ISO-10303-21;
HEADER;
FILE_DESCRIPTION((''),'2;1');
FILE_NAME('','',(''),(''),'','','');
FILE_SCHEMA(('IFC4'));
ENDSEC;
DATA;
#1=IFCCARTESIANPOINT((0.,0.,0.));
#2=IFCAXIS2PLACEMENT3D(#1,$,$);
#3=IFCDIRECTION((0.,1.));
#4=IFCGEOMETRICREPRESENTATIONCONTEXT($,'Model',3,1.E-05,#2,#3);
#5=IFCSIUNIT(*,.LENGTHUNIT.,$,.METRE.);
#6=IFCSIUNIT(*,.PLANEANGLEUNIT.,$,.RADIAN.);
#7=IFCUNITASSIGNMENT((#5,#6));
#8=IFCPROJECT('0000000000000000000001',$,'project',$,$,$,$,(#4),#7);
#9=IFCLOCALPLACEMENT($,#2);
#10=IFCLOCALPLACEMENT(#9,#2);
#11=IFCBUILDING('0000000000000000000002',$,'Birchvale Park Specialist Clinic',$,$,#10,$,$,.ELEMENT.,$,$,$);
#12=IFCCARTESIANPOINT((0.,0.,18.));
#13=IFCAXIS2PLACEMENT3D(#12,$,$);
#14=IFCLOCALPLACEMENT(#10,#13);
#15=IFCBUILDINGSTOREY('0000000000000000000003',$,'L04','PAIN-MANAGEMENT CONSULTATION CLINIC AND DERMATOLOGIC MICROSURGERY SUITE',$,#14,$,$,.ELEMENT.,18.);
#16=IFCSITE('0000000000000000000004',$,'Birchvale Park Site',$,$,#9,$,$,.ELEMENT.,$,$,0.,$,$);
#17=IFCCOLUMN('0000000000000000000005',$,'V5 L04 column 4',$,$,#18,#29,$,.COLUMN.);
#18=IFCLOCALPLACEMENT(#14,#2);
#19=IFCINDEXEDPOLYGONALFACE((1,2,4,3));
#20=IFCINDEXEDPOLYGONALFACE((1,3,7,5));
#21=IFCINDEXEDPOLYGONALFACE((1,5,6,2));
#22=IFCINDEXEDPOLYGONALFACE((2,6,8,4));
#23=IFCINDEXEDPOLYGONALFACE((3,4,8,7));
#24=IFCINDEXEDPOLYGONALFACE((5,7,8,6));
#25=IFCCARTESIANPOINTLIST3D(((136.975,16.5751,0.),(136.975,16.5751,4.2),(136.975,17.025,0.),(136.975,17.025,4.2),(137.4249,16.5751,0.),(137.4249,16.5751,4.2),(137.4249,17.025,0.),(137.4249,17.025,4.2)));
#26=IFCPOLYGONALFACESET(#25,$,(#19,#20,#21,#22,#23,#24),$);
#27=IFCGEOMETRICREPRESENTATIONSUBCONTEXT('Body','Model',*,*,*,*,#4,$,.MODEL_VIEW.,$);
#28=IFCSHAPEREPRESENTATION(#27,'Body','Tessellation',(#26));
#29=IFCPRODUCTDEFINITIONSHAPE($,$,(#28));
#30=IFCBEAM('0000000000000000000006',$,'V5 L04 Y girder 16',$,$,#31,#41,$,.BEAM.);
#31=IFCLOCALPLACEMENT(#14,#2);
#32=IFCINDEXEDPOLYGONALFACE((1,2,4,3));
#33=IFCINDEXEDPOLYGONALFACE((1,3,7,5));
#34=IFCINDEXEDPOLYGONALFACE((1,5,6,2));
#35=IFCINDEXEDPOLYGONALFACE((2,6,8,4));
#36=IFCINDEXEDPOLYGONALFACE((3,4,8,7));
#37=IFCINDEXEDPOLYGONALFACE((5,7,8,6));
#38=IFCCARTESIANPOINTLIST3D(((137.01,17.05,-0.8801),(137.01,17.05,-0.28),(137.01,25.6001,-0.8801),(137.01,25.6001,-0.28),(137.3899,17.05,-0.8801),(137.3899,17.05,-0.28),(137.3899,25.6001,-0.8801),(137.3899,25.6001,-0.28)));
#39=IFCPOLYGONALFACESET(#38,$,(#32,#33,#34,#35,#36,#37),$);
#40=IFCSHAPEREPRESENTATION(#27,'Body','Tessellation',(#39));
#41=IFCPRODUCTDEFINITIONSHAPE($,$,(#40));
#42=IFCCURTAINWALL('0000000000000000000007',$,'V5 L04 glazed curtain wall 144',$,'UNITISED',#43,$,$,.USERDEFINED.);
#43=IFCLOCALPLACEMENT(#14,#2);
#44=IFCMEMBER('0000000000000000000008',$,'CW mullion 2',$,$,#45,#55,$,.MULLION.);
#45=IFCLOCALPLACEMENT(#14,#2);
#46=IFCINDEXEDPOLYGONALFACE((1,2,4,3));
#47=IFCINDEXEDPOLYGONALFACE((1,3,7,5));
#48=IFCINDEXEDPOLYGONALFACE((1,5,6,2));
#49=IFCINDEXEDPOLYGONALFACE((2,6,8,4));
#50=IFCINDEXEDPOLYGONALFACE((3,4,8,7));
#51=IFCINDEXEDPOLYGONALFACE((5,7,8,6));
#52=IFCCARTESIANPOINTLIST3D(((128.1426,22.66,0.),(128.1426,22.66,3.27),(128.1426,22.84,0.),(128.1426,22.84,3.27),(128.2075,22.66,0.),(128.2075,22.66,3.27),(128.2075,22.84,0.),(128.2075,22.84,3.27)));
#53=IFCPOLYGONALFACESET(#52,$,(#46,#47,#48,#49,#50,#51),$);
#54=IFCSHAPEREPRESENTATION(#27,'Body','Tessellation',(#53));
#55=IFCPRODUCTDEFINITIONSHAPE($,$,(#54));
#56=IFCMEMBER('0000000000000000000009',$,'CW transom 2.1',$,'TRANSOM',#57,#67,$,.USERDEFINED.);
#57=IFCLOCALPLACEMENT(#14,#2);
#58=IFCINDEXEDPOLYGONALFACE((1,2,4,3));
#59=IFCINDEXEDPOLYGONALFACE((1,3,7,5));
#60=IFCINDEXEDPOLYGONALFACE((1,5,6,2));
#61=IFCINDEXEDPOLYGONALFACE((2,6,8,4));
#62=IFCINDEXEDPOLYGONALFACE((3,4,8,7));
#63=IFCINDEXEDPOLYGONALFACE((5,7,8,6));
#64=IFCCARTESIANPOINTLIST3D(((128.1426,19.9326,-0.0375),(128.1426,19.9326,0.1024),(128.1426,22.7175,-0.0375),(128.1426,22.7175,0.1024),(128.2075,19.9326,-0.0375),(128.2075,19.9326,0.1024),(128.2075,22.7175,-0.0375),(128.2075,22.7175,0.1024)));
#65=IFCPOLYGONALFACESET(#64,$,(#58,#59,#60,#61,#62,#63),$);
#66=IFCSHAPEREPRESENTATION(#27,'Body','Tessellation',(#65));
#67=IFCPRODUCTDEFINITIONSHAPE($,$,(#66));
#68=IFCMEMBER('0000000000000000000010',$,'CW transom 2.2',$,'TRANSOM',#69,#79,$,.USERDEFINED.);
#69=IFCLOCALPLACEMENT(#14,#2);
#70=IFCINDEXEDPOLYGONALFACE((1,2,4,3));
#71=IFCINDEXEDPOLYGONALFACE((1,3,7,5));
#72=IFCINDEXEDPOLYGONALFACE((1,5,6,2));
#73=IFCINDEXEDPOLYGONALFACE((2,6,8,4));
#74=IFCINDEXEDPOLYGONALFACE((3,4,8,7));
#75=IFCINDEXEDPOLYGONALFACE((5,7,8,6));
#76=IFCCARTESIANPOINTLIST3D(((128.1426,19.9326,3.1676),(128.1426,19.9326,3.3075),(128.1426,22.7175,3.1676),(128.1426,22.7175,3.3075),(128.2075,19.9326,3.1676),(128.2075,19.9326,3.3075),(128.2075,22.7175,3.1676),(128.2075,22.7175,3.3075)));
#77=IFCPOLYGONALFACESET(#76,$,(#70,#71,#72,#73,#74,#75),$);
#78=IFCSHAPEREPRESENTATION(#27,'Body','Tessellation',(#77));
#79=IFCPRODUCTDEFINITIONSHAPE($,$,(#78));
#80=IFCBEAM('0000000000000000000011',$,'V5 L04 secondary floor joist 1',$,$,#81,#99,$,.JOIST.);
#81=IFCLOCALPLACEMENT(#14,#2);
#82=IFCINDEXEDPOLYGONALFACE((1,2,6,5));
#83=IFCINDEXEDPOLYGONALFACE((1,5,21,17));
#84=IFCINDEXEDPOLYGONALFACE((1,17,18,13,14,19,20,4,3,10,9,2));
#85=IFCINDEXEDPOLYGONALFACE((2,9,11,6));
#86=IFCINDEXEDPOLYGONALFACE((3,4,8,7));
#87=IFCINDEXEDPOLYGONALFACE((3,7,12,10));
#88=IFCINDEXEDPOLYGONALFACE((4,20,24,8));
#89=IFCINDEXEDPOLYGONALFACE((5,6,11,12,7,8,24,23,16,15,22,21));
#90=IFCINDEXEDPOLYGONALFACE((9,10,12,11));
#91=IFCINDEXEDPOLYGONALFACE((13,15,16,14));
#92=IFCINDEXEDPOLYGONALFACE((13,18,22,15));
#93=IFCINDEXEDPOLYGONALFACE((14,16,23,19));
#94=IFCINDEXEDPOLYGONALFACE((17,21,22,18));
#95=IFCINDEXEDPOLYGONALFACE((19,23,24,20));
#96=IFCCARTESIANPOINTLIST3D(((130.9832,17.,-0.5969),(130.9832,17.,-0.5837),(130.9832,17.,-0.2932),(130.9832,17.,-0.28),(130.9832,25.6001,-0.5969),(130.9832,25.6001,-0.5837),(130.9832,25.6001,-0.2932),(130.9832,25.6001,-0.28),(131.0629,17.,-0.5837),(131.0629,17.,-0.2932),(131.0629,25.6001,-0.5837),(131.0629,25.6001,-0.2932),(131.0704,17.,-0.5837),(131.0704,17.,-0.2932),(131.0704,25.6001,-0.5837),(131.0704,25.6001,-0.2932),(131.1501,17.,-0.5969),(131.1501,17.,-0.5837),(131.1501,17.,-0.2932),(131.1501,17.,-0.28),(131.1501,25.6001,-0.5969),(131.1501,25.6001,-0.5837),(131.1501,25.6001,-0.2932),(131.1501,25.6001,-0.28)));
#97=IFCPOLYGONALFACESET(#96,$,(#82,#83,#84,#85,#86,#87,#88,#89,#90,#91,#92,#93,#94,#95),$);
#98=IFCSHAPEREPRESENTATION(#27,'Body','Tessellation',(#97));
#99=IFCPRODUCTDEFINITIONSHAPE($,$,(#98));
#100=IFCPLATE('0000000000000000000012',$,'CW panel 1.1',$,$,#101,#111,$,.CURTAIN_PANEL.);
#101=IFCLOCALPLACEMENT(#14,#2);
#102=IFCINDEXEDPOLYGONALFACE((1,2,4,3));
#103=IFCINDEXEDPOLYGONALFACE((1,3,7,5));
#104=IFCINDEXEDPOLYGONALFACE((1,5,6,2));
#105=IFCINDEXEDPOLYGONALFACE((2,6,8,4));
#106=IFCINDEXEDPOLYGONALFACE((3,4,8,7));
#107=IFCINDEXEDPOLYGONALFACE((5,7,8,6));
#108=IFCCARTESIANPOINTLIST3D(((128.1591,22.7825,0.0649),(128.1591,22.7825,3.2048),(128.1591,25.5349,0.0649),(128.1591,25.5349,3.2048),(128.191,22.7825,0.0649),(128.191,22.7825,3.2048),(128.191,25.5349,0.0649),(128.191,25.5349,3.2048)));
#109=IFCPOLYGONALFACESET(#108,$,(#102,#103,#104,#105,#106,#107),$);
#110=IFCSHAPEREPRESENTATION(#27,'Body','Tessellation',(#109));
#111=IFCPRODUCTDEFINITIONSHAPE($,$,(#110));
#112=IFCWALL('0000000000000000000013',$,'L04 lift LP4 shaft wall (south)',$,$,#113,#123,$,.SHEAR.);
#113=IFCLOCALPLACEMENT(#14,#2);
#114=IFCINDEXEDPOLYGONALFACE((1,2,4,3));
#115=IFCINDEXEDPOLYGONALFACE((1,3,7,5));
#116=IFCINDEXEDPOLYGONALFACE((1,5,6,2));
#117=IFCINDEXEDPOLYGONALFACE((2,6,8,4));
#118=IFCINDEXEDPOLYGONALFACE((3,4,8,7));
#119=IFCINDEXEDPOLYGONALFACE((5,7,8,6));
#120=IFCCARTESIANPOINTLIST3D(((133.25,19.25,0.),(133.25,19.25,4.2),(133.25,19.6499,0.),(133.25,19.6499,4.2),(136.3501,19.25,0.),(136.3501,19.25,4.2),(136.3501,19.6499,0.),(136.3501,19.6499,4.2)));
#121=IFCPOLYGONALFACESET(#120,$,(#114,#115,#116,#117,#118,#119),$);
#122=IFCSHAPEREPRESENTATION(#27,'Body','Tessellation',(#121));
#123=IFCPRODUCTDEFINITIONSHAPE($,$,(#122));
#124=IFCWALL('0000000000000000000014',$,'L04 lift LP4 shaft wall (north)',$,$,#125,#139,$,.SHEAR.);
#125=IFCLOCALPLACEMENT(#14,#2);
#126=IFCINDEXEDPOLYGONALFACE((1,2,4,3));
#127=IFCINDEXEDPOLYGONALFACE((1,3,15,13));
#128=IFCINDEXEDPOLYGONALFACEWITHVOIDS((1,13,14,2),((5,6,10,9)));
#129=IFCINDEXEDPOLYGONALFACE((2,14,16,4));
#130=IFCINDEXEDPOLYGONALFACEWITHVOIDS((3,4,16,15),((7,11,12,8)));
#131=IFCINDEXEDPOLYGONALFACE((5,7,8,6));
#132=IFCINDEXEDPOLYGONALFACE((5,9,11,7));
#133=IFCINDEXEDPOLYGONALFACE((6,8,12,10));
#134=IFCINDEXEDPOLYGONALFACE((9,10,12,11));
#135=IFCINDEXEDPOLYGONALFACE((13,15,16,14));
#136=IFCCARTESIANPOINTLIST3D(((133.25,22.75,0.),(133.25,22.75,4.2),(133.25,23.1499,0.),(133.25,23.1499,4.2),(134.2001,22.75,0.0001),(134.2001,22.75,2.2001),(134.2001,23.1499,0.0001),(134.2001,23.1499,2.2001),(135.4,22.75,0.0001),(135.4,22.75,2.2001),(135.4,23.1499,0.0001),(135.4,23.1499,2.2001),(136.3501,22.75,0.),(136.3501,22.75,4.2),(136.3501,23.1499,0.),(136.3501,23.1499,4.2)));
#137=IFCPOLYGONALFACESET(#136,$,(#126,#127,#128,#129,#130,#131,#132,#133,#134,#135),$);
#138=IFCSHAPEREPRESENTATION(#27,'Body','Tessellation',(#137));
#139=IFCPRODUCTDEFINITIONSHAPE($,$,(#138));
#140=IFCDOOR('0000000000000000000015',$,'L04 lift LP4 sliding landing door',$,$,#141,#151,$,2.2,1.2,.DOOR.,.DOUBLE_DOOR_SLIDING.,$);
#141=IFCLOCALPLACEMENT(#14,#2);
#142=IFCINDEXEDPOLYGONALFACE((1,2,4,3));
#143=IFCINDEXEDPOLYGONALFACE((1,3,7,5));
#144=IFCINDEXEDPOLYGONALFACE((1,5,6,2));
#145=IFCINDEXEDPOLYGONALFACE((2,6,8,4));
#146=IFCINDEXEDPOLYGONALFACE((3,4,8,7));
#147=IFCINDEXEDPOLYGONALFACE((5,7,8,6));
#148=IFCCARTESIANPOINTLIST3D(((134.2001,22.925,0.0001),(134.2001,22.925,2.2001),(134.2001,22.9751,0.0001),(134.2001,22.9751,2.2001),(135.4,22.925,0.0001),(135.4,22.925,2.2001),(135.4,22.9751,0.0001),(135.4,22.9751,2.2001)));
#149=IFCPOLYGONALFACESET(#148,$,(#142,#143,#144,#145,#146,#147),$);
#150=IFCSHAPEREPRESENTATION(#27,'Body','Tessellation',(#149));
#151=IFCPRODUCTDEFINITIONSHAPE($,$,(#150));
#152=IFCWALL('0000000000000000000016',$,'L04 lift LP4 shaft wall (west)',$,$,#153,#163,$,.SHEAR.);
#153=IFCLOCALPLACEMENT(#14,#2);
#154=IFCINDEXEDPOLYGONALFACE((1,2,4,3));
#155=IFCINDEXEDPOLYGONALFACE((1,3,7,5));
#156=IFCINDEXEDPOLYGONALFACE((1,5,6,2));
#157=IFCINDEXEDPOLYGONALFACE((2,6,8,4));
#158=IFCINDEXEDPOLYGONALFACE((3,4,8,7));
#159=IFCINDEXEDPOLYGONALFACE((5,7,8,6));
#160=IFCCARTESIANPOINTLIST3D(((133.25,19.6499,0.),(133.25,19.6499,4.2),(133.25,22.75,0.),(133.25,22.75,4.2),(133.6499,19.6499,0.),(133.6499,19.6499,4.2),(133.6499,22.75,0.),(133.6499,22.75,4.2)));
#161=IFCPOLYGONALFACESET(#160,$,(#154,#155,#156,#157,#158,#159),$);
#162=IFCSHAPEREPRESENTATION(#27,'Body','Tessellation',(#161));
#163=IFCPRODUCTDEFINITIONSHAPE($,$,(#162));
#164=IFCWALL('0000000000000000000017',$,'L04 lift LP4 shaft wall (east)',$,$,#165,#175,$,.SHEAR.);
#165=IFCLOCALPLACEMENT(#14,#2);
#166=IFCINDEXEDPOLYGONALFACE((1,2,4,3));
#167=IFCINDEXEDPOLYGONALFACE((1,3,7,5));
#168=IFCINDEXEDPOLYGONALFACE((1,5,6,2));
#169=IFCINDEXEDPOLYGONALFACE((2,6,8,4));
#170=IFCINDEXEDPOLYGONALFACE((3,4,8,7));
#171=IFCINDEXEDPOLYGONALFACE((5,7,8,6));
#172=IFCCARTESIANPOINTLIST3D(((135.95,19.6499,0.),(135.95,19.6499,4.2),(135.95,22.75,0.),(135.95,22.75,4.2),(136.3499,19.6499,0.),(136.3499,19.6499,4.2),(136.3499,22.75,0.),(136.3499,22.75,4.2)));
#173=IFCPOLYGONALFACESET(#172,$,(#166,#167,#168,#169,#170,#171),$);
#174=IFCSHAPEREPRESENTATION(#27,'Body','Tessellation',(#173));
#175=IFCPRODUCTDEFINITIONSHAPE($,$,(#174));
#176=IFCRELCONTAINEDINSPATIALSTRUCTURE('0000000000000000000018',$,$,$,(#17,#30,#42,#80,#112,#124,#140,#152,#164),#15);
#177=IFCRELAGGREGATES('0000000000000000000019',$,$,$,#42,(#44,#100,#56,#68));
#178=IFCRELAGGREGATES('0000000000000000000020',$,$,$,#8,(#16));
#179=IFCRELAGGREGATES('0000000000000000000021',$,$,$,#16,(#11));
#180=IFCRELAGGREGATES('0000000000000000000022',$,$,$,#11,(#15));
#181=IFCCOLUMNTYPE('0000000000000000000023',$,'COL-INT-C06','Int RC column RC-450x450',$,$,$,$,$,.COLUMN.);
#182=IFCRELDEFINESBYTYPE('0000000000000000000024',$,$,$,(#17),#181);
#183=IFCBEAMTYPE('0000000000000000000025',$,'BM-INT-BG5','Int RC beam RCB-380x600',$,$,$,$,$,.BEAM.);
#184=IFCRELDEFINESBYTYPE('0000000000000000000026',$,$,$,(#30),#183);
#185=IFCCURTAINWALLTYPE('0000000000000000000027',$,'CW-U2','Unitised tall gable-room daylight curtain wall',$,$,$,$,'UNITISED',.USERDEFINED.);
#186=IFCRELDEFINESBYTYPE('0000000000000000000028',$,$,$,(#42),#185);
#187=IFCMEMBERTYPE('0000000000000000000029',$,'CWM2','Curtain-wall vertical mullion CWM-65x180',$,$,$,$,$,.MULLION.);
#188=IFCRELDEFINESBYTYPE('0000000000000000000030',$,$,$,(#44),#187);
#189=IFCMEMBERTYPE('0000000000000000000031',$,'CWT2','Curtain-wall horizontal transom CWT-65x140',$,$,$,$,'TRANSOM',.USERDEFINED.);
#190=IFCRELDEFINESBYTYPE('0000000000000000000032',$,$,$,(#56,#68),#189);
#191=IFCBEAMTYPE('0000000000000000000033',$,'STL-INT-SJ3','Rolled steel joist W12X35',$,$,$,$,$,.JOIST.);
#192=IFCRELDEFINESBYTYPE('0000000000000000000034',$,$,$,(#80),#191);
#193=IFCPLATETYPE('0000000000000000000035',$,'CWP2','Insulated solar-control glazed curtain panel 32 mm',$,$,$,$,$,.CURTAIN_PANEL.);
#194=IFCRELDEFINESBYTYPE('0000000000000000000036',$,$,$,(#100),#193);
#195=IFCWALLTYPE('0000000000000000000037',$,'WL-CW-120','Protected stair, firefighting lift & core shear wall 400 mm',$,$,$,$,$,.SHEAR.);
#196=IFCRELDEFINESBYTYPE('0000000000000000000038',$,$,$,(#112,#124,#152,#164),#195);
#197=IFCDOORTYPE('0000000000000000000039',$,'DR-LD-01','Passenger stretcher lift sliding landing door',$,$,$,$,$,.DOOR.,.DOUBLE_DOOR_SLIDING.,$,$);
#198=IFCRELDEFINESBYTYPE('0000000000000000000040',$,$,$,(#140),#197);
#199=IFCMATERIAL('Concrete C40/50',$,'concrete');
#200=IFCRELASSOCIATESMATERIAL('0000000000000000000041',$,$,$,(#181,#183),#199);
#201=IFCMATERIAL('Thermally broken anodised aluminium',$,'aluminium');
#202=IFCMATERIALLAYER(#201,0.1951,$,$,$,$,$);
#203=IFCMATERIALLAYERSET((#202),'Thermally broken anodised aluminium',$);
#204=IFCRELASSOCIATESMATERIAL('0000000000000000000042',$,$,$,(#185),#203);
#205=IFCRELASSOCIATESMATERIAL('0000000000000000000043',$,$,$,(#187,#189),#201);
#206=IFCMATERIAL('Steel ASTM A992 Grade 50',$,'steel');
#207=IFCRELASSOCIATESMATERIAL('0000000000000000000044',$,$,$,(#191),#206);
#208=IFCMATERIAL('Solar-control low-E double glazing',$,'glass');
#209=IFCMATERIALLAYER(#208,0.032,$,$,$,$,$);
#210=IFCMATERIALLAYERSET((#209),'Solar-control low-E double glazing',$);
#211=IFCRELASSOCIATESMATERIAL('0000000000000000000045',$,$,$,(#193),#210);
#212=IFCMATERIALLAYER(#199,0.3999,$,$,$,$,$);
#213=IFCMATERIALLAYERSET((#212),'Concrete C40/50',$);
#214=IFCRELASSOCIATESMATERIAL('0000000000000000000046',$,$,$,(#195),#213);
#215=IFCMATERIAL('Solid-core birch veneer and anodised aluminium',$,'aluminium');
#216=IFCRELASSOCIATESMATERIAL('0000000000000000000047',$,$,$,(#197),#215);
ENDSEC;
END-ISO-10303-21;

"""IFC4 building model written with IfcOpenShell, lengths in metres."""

from ifc_helpers import new_model, si_unit, direction, frame, frame_2d, origin, origin_2d, place, context, subcontext, project, spatial, rectangle, i_section, extrude, material, layer, layer_set, material_profile, profile_set, type_object, element, fill, aggregate, save


model = new_model("IFC4")

# Units and contexts
model_context = context("Model", 3, precision=1e-05, world=origin(), true_north=direction((0.0, 1.0)))
body_context = subcontext(model_context, "Body", "Model", "MODEL_VIEW")
ifc_project = project(units=[si_unit("LENGTHUNIT", "METRE"), si_unit("PLANEANGLEUNIT", "RADIAN")], contexts=[model_context])

# Site, building, storey
site_placement = place(None, origin())
site = spatial("IfcSite", under=ifc_project, at=site_placement, Name="Birchvale Park Site", CompositionType="ELEMENT", RefElevation=0.0)
building_placement = place(site_placement, origin())
building = spatial("IfcBuilding", under=site, at=building_placement, Name="Birchvale Park Specialist Clinic", CompositionType="ELEMENT")
storey_placement = place(building_placement, frame((0.0, 0.0, 18.0)))
storey = spatial("IfcBuildingStorey", under=building, at=storey_placement, Name="L04", Description="PAIN-MANAGEMENT CONSULTATION CLINIC AND DERMATOLOGIC MICROSURGERY SUITE", CompositionType="ELEMENT", Elevation=18.0)

# Column
ifc_material_1 = material(Name="Concrete C40/50", Category="concrete")
ifc_material_profile_1 = material_profile(ifc_material_1, rectangle(XDim=0.45, YDim=0.45, at=origin_2d()), Name="RC-450x450")
ifc_profile_set_1 = profile_set([ifc_material_profile_1], Name="Concrete C40/50")
column_type = type_object("IfcColumnType", Name="COL-INT-C06", Description="Int RC column RC-450x450", PredefinedType="COLUMN", material=ifc_profile_set_1)
column_placement = place(storey_placement, frame((137.2, 16.8, 0.0), z_axis=(0.0, 0.0, 1.0), x_axis=(1.0, 0.0, 0.0)))
element("IfcColumn", 1, at=column_placement, inside=storey, type_object=column_type, Name="V5 L04 column 4", PredefinedType="COLUMN", context=body_context, shape_type="SweptSolid", body=[
    extrude(rectangle(XDim=0.45, YDim=0.45, at=origin_2d()), origin(), (0.0, 0.0, 1.0), 4.2),
])

# Beam
ifc_material_profile_2 = material_profile(ifc_material_1, rectangle(XDim=0.3799, YDim=0.6001, at=origin_2d()), Name="RCB-380x600")
ifc_profile_set_2 = profile_set([ifc_material_profile_2], Name="Concrete C40/50")
beam_type_1 = type_object("IfcBeamType", Name="BM-INT-BG5", Description="Int RC beam RCB-380x600", PredefinedType="BEAM", material=ifc_profile_set_2)
beam_1_placement = place(storey_placement, frame((137.2, 17.05, -0.5801), z_axis=(0.0, 1.0, 0.0), x_axis=(-1.0, 0.0, 0.0)))
element("IfcBeam", 2, at=beam_1_placement, inside=storey, type_object=beam_type_1, Name="V5 L04 Y girder 16", PredefinedType="BEAM", context=body_context, shape_type="SweptSolid", body=[
    extrude(rectangle(XDim=0.3799, YDim=0.6001, at=origin_2d()), origin(), (0.0, 0.0, 1.0), 8.55),
])

# Curtain wall, members
ifc_material_2 = material(Name="Thermally broken anodised aluminium", Category="aluminium")
ifc_layer_1 = layer(ifc_material_2, 0.1951)
ifc_layer_set_1 = layer_set([ifc_layer_1], Name="Thermally broken anodised aluminium")
curtain_wall_type = type_object("IfcCurtainWallType", Name="CW-U2", Description="Unitised tall gable-room daylight curtain wall", ElementType="UNITISED", PredefinedType="USERDEFINED", material=ifc_layer_set_1)
curtain_wall_placement = place(storey_placement, origin())
curtain_wall = element("IfcCurtainWall", 3, at=curtain_wall_placement, inside=storey, type_object=curtain_wall_type, Name="V5 L04 glazed curtain wall 144", ObjectType="UNITISED", PredefinedType="USERDEFINED")
ifc_material_profile_3 = material_profile(ifc_material_2, rectangle(XDim=0.0649, YDim=0.1799, at=origin_2d()), Name="CWM-65x180")
ifc_profile_set_3 = profile_set([ifc_material_profile_3], Name="Thermally broken anodised aluminium")
member_type_1 = type_object("IfcMemberType", Name="CWM2", Description="Curtain-wall vertical mullion CWM-65x180", PredefinedType="MULLION", material=ifc_profile_set_3)
member_1_placement = place(storey_placement, frame((128.175, 22.75, 0.0), z_axis=(0.0, 0.0, 1.0), x_axis=(1.0, 0.0, 0.0)))
member_1 = element("IfcMember", 4, at=member_1_placement, type_object=member_type_1, Name="CW mullion 2", PredefinedType="MULLION", context=body_context, shape_type="SweptSolid", body=[
    extrude(rectangle(XDim=0.0649, YDim=0.1799, at=origin_2d()), origin(), (0.0, 0.0, 1.0), 3.27),
])
ifc_material_profile_4 = material_profile(ifc_material_2, rectangle(XDim=0.0649, YDim=0.1399, at=origin_2d()), Name="CWT-65x140")
ifc_profile_set_4 = profile_set([ifc_material_profile_4], Name="Thermally broken anodised aluminium")
member_type_2 = type_object("IfcMemberType", Name="CWT2", Description="Curtain-wall horizontal transom CWT-65x140", ElementType="TRANSOM", PredefinedType="USERDEFINED", material=ifc_profile_set_4)
member_2_placement = place(storey_placement, frame((128.175, 22.7175, 0.0325), z_axis=(0.0, -1.0, 0.0), x_axis=(1.0, 0.0, 0.0)))
member_2 = element("IfcMember", 5, at=member_2_placement, type_object=member_type_2, Name="CW transom 2.1", ObjectType="TRANSOM", PredefinedType="USERDEFINED", context=body_context, shape_type="SweptSolid", body=[
    extrude(rectangle(XDim=0.0649, YDim=0.1399, at=origin_2d()), origin(), (0.0, 0.0, 1.0), 2.7849),
])
member_3_placement = place(storey_placement, frame((128.175, 22.7175, 3.2375), z_axis=(0.0, -1.0, 0.0), x_axis=(1.0, 0.0, 0.0)))
member_3 = element("IfcMember", 6, at=member_3_placement, type_object=member_type_2, Name="CW transom 2.2", ObjectType="TRANSOM", PredefinedType="USERDEFINED", context=body_context, shape_type="SweptSolid", body=[
    extrude(rectangle(XDim=0.0649, YDim=0.1399, at=origin_2d()), origin(), (0.0, 0.0, 1.0), 2.7849),
])

# Beam
ifc_material_3 = material(Name="Steel ASTM A992 Grade 50", Category="steel")
ifc_material_profile_5 = material_profile(ifc_material_3, i_section(OverallWidth=0.167, OverallDepth=0.3169, WebThickness=0.0076, FlangeThickness=0.0132, at=origin_2d()), Name="W12X35")
ifc_profile_set_5 = profile_set([ifc_material_profile_5], Name="Steel ASTM A992 Grade 50")
beam_type_2 = type_object("IfcBeamType", Name="STL-INT-SJ3", Description="Rolled steel joist W12X35", PredefinedType="JOIST", material=ifc_profile_set_5)
beam_2_placement = place(storey_placement, frame((131.0667, 17.0, -0.4385), z_axis=(0.0, 1.0, 0.0), x_axis=(-1.0, 0.0, 0.0)))
element("IfcBeam", 7, at=beam_2_placement, inside=storey, type_object=beam_type_2, Name="V5 L04 secondary floor joist 1", PredefinedType="JOIST", context=body_context, shape_type="SweptSolid", body=[
    extrude(i_section(OverallWidth=0.167, OverallDepth=0.3169, WebThickness=0.0076, FlangeThickness=0.0132, at=origin_2d()), origin(), (0.0, 0.0, 1.0), 8.6001),
])

# Plate
ifc_material_4 = material(Name="Solar-control low-E double glazing", Category="glass")
ifc_layer_2 = layer(ifc_material_4, 0.032)
ifc_layer_set_2 = layer_set([ifc_layer_2], Name="Solar-control low-E double glazing")
plate_type = type_object("IfcPlateType", Name="CWP2", Description="Insulated solar-control glazed curtain panel 32 mm", PredefinedType="CURTAIN_PANEL", material=ifc_layer_set_2)
plate_placement = place(storey_placement, frame((128.175, 24.1587, 0.0649), z_axis=(0.0, 0.0, 1.0), x_axis=(0.0, -1.0, 0.0)))
plate = element("IfcPlate", 8, at=plate_placement, type_object=plate_type, Name="CW panel 1.1", PredefinedType="CURTAIN_PANEL", context=body_context, shape_type="SweptSolid", body=[
    extrude(rectangle(XDim=2.7524, YDim=0.032, at=origin_2d()), origin(), (0.0, 0.0, 1.0), 3.1399),
])
aggregate(curtain_wall, [member_1, plate, member_2, member_3])

# Wall
ifc_layer_3 = layer(ifc_material_1, 0.3999)
ifc_layer_set_3 = layer_set([ifc_layer_3], Name="Concrete C40/50")
wall_type_1 = type_object("IfcWallType", Name="WL-CW-120", Description="Protected stair, firefighting lift & core shear wall 400 mm", PredefinedType="SHEAR", material=ifc_layer_set_3)
wall_1_placement = place(storey_placement, frame((133.25, 19.45, 0.0), z_axis=(0.0, 0.0, 1.0), x_axis=(1.0, 0.0, 0.0)))
element("IfcWall", 9, at=wall_1_placement, inside=storey, type_object=wall_type_1, Name="L04 lift LP4 shaft wall (south)", PredefinedType="SHEAR", context=body_context, shape_type="SweptSolid", body=[
    extrude(rectangle(XDim=3.1001, YDim=0.3999, at=frame_2d((1.55, 0.0))), origin(), (0.0, 0.0, 1.0), 4.2),
])

# Wall, opening, door
wall_2_placement = place(storey_placement, frame((136.3501, 22.95, 0.0), z_axis=(0.0, 0.0, 1.0), x_axis=(-1.0, 0.0, 0.0)))
wall_2 = element("IfcWall", 10, at=wall_2_placement, inside=storey, type_object=wall_type_1, Name="L04 lift LP4 shaft wall (north)", PredefinedType="SHEAR", context=body_context, shape_type="SweptSolid", body=[
    extrude(rectangle(XDim=3.1001, YDim=0.3999, at=frame_2d((1.55, 0.0))), origin(), (0.0, 0.0, 1.0), 4.2),
])
opening_1_placement = place(wall_2_placement, frame((0.95, 0.0, 0.0)))
opening_1 = element("IfcOpeningElement", 11, at=opening_1_placement, cuts=wall_2, PredefinedType="OPENING", context=body_context, shape_type="SweptSolid", body=[
    extrude(rectangle(XDim=1.2, YDim=2.2, at=frame_2d((0.6001, 1.1001))), frame((0.0, 0.21, 0.0), z_axis=(0.0, -1.0, 0.0), x_axis=(1.0, 0.0, 0.0)), (0.0, 0.0, 1.0), 0.4199),
])
ifc_material_5 = material(Name="Solid-core birch veneer and anodised aluminium", Category="aluminium")
door_type = type_object("IfcDoorType", Name="DR-LD-01", Description="Passenger stretcher lift sliding landing door", OperationType="DOUBLE_DOOR_SLIDING", PredefinedType="DOOR", material=ifc_material_5)
door_placement = place(opening_1_placement, origin())
door = element("IfcDoor", 12, at=door_placement, inside=storey, type_object=door_type, Name="L04 lift LP4 sliding landing door", OperationType="DOUBLE_DOOR_SLIDING", OverallHeight=2.2, OverallWidth=1.2, PredefinedType="DOOR", context=body_context, shape_type="SweptSolid", body=[
    extrude(rectangle(XDim=1.2, YDim=2.2, at=frame_2d((0.6001, 1.1001))), frame((0.0, 0.0249, 0.0), z_axis=(0.0, -1.0, 0.0), x_axis=(1.0, 0.0, 0.0)), (0.0, 0.0, 1.0), 0.05),
])
fill(opening_1, door)

# Walls
for number, where, z_axis, x_axis, name in (
    (13, (133.45, 19.6499, 0.0), (0.0, 0.0, 1.0), (0.0, 1.0, 0.0), "L04 lift LP4 shaft wall (west)"),
    (14, (136.1499, 22.75, 0.0), (0.0, 0.0, 1.0), (0.0, -1.0, 0.0), "L04 lift LP4 shaft wall (east)"),
):
    element("IfcWall", number, at=place(storey_placement, frame(where, z_axis=z_axis, x_axis=x_axis)), inside=storey, type_object=wall_type_1, Name=name, PredefinedType="SHEAR", context=body_context, shape_type="SweptSolid", body=[
        extrude(rectangle(XDim=3.1001, YDim=0.3999, at=frame_2d((1.55, 0.0))), origin(), (0.0, 0.0, 1.0), 4.2),
    ])

save(model, "model.ifc")
